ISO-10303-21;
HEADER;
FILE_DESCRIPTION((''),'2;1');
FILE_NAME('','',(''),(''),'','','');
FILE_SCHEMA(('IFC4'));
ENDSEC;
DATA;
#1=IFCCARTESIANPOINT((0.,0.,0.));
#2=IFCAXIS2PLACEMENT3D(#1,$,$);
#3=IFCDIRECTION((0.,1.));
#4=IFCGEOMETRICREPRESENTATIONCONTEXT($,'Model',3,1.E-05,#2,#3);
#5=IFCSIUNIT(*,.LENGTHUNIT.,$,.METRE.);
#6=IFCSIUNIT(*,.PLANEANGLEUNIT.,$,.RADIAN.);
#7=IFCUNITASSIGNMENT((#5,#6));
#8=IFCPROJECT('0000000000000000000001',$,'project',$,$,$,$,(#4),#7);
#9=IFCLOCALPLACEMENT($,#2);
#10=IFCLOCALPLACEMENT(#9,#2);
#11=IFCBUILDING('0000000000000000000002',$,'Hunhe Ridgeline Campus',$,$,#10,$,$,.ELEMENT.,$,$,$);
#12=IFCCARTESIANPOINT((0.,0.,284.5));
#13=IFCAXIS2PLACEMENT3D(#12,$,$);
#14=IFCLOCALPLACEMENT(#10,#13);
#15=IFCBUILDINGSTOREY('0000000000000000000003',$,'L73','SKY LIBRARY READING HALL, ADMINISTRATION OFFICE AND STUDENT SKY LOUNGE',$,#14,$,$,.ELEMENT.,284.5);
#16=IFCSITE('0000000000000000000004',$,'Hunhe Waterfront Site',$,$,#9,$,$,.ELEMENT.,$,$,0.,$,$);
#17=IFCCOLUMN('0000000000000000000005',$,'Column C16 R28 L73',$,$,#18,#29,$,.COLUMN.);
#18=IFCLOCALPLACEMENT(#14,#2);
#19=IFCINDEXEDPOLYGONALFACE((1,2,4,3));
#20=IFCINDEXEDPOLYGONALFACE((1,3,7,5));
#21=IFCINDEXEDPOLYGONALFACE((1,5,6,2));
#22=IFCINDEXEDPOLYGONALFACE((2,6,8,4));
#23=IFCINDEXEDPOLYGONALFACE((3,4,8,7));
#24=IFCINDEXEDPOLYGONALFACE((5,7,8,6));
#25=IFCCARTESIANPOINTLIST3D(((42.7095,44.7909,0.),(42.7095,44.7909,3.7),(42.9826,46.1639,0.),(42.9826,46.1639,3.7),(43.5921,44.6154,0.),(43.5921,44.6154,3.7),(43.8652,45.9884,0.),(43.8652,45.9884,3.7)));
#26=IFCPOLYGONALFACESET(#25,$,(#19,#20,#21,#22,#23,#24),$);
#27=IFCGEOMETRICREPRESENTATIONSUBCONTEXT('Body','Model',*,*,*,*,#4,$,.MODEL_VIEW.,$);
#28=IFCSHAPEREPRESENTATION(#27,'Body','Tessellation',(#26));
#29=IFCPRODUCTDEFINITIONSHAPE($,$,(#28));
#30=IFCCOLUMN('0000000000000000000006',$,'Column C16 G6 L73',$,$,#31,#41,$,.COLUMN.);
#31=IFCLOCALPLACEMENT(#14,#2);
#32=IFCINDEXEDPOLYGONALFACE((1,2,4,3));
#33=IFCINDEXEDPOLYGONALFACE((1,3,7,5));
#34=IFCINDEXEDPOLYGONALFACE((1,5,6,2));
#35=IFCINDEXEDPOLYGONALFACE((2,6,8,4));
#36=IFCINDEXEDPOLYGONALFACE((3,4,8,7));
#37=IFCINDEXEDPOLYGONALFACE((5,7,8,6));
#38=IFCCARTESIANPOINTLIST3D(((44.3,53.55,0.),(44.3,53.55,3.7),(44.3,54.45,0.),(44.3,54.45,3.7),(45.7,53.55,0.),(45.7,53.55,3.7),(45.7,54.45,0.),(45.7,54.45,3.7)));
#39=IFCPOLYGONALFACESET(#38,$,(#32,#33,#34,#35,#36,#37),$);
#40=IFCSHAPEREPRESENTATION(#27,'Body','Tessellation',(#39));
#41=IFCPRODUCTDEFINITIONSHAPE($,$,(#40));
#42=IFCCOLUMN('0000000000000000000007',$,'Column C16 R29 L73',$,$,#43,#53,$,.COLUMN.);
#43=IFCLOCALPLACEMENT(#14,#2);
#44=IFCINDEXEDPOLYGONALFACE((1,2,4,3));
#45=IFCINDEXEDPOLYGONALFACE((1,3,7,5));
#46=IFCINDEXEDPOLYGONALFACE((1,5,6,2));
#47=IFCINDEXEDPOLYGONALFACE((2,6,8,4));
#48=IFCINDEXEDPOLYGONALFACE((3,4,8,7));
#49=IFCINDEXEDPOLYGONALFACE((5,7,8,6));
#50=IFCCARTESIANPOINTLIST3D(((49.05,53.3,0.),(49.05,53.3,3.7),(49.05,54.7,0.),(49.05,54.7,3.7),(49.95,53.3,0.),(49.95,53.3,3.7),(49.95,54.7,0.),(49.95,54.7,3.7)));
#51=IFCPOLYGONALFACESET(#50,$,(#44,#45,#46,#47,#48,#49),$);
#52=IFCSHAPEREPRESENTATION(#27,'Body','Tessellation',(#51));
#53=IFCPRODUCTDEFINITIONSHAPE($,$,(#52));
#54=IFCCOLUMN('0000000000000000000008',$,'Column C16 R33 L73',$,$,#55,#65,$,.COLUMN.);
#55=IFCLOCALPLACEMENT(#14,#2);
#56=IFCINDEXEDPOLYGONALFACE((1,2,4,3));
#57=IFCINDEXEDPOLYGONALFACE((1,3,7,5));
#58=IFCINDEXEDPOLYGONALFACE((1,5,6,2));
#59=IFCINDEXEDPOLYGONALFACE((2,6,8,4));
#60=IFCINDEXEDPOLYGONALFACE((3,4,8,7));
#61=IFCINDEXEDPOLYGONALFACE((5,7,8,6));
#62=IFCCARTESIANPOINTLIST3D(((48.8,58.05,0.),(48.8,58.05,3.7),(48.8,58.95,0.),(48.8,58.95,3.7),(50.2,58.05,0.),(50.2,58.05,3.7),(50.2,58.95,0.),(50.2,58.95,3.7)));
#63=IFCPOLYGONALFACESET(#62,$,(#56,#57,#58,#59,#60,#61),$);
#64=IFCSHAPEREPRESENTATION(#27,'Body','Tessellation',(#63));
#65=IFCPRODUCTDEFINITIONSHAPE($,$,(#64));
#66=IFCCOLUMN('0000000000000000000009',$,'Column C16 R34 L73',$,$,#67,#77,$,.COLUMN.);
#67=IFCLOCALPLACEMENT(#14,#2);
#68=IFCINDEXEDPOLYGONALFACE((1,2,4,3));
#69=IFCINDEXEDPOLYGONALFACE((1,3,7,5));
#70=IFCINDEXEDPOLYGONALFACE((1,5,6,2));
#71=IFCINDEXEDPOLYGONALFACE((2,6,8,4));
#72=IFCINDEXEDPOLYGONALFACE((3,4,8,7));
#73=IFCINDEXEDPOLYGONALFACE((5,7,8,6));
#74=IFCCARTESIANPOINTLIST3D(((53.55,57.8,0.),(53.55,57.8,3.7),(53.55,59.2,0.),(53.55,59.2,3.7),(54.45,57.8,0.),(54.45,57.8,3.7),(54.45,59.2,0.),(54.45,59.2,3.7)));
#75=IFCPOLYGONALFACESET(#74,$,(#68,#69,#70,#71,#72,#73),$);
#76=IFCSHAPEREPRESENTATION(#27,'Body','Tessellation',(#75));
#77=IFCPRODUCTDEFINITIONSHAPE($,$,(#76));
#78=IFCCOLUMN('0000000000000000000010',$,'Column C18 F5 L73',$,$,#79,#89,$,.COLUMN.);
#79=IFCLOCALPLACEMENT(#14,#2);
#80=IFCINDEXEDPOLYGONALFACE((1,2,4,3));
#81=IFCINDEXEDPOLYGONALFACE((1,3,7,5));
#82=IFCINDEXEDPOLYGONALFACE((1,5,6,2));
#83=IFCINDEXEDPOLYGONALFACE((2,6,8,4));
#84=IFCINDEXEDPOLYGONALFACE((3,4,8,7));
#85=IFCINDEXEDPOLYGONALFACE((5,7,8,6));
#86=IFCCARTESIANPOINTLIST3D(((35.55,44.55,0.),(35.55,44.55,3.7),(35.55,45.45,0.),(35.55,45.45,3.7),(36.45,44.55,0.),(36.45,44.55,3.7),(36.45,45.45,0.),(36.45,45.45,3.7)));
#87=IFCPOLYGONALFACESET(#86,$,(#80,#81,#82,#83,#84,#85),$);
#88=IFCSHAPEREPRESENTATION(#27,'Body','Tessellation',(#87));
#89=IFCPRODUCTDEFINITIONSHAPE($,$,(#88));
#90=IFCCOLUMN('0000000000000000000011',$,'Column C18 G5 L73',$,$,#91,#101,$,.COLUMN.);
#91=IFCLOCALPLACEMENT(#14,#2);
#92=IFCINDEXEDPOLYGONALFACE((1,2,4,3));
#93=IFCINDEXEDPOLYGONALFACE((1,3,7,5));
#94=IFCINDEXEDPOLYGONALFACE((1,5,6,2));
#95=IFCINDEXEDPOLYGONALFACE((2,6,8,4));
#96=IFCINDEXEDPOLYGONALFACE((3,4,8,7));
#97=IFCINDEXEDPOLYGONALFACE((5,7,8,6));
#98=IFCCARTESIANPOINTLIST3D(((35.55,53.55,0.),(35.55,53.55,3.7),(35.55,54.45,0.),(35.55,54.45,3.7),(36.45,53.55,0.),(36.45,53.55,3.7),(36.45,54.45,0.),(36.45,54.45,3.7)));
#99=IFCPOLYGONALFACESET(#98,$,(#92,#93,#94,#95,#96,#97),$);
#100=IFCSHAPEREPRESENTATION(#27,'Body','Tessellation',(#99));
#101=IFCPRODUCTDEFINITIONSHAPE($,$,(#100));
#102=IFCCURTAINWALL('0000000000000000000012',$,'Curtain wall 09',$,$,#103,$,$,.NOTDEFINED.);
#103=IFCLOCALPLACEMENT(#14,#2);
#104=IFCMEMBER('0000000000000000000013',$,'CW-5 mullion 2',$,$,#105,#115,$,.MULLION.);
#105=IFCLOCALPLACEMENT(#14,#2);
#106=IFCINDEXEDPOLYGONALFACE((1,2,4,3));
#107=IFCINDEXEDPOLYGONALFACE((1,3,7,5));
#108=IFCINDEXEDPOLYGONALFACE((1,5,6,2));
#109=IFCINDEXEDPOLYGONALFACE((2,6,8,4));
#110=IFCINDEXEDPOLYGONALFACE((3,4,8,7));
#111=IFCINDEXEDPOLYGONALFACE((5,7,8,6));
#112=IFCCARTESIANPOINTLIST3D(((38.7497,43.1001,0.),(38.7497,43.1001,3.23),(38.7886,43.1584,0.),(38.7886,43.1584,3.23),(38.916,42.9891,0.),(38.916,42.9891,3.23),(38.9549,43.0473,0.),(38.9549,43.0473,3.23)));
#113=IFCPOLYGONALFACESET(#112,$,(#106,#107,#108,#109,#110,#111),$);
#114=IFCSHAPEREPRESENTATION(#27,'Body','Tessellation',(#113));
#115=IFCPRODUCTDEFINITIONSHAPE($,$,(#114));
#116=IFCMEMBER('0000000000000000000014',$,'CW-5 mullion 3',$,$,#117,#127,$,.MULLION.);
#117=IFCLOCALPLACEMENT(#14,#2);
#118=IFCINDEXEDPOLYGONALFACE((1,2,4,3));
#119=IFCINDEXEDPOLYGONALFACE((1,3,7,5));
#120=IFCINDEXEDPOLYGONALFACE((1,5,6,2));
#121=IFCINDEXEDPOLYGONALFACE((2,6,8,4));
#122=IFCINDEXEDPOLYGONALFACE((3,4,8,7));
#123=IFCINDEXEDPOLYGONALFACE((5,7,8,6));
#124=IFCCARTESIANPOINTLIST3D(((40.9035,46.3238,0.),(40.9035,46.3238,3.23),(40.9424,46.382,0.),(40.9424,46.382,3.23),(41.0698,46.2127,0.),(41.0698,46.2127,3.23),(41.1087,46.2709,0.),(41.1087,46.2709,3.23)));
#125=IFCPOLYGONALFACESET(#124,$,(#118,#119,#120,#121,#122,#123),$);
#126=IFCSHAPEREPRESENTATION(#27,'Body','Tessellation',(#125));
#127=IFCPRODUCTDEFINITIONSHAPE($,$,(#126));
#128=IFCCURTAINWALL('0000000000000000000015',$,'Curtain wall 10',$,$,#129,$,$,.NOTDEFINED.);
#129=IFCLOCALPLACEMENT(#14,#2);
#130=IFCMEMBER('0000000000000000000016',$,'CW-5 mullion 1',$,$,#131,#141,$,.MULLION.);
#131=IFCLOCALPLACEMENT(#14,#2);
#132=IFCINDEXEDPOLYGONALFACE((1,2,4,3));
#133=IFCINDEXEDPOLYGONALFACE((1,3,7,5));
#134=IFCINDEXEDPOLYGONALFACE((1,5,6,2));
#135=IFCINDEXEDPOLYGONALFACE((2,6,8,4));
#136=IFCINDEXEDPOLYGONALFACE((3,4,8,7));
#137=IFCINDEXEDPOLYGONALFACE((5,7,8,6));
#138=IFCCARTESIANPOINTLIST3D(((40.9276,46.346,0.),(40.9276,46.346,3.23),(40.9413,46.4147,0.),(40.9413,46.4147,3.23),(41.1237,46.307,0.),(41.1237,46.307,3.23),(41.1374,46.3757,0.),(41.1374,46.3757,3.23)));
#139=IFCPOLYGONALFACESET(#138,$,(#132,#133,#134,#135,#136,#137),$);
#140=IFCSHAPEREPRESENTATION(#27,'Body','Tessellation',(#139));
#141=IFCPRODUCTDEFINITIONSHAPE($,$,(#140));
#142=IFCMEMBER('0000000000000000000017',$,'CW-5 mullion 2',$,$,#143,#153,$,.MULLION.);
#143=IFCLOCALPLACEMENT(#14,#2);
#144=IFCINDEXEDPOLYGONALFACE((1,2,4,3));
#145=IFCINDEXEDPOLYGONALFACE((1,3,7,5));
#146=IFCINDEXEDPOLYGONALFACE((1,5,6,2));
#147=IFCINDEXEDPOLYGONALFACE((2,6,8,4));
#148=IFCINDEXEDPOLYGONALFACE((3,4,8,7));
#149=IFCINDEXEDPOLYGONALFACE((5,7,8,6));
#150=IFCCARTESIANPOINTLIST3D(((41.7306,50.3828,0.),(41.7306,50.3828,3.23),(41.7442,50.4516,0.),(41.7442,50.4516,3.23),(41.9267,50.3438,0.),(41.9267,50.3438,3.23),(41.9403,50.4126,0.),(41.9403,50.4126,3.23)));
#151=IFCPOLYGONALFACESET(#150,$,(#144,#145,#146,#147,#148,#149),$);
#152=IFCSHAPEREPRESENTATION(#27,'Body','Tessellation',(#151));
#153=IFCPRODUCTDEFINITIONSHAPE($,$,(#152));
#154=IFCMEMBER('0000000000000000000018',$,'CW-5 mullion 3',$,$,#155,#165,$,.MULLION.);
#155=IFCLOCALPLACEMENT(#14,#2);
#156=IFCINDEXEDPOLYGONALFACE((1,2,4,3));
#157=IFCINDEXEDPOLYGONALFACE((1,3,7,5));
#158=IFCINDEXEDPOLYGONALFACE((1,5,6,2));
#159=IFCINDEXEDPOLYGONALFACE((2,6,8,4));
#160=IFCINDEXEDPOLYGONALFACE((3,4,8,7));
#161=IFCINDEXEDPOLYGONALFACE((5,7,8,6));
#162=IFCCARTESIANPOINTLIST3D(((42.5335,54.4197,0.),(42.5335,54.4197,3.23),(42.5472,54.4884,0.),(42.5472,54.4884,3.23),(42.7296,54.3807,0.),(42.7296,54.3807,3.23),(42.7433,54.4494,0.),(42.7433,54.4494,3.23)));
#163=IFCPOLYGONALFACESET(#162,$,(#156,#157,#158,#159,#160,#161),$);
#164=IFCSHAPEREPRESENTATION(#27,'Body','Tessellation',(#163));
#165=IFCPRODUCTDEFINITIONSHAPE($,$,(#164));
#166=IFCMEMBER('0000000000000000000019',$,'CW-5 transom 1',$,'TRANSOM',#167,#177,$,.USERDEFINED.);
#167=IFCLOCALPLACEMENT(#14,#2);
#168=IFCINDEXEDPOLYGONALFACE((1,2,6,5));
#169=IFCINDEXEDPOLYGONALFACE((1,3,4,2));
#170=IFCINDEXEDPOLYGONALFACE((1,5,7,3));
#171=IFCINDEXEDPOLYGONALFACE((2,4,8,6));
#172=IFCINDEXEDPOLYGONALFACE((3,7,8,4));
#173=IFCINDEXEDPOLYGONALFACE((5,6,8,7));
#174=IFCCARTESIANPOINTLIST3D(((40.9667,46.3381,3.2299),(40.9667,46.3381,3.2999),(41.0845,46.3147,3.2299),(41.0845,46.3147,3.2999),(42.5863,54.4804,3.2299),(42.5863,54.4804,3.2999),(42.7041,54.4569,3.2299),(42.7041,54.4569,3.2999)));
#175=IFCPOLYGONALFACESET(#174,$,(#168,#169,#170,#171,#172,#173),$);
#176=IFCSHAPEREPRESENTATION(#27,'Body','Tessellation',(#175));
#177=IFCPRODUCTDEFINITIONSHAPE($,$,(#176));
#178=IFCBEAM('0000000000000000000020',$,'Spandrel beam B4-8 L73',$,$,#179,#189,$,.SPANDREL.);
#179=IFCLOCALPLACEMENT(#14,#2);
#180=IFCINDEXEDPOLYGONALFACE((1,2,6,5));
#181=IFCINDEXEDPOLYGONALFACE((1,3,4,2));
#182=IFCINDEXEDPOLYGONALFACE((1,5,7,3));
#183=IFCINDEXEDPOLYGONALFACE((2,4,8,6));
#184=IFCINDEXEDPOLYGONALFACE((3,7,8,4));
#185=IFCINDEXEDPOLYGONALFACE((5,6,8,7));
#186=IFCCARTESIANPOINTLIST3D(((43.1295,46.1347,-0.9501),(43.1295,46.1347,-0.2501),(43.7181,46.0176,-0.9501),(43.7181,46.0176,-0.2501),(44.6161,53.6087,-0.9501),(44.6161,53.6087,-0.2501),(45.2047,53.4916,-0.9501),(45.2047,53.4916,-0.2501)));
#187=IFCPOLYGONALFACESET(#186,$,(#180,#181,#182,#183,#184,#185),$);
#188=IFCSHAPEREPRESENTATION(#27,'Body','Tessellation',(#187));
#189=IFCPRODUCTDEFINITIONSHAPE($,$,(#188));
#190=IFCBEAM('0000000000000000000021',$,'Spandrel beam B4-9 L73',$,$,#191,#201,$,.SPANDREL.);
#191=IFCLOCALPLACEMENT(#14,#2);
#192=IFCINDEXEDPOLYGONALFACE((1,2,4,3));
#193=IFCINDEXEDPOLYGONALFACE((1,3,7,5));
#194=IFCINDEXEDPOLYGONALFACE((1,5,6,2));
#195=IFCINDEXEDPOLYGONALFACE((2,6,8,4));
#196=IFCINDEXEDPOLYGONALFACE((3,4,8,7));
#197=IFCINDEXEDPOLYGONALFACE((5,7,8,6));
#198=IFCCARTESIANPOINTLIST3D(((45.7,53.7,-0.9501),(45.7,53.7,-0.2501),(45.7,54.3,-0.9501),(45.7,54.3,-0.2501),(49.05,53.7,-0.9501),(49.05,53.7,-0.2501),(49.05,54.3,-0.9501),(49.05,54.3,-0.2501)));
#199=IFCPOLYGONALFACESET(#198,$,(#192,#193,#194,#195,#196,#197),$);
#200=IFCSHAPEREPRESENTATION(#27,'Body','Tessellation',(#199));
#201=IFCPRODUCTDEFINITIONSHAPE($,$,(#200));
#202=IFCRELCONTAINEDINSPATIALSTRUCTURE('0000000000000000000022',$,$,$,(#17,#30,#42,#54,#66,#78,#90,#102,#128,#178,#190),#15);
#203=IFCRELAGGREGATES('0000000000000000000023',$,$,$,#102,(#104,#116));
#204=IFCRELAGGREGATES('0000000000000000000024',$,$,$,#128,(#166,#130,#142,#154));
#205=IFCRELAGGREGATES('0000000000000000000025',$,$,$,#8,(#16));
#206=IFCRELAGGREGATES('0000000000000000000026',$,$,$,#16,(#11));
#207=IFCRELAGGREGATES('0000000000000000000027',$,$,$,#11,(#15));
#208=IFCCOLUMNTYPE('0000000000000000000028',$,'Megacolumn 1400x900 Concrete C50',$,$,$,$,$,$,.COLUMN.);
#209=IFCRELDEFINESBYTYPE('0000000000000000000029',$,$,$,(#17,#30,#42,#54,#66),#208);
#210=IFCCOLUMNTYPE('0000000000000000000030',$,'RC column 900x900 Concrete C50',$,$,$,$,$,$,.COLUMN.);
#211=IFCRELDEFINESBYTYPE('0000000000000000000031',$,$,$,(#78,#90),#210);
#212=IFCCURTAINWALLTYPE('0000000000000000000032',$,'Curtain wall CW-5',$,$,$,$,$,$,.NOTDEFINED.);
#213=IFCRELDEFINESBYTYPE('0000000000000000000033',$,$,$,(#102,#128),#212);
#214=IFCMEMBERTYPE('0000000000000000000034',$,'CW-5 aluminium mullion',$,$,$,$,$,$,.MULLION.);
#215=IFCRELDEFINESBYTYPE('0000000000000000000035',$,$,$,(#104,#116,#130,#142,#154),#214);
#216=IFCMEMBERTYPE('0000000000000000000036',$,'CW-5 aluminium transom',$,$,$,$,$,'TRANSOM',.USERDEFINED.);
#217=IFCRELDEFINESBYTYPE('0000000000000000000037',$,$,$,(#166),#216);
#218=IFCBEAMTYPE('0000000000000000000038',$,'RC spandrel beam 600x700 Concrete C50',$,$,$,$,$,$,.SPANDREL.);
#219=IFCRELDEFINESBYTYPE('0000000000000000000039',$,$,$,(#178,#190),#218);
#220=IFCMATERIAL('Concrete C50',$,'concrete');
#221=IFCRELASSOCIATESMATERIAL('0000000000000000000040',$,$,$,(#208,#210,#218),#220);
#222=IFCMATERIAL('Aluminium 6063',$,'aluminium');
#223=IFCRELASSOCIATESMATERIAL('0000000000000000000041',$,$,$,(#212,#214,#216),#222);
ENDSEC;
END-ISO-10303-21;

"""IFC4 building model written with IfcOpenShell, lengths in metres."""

from ifc_helpers import new_model, si_unit, direction, frame, origin, origin_2d, place, context, subcontext, project, spatial, rectangle, extrude, material, material_profile, profile_set, type_object, element, aggregate, save


model = new_model("IFC4")

# Units and contexts
model_context = context("Model", 3, precision=1e-05, world=origin(), true_north=direction((0.0, 1.0)))
body_context = subcontext(model_context, "Body", "Model", "MODEL_VIEW")
ifc_project = project(units=[si_unit("LENGTHUNIT", "METRE"), si_unit("PLANEANGLEUNIT", "RADIAN")], contexts=[model_context])

# Site, building, storey
site_placement = place(None, origin())
site = spatial("IfcSite", under=ifc_project, at=site_placement, Name="Hunhe Waterfront Site", CompositionType="ELEMENT", RefElevation=0.0)
building_placement = place(site_placement, origin())
building = spatial("IfcBuilding", under=site, at=building_placement, Name="Hunhe Ridgeline Campus", CompositionType="ELEMENT")
storey_placement = place(building_placement, frame((0.0, 0.0, 284.5)))
storey = spatial("IfcBuildingStorey", under=building, at=storey_placement, Name="L73", Description="SKY LIBRARY READING HALL, ADMINISTRATION OFFICE AND STUDENT SKY LOUNGE", CompositionType="ELEMENT", Elevation=284.5)

# Columns
ifc_material_1 = material(Name="Concrete C50", Category="concrete")
ifc_material_profile_1 = material_profile(ifc_material_1, rectangle(XDim=1.3999, YDim=0.8999, at=origin_2d()))
ifc_profile_set_1 = profile_set([ifc_material_profile_1], Name="Concrete C50")
column_type_1 = type_object("IfcColumnType", Name="Megacolumn 1400x900 Concrete C50", PredefinedType="COLUMN", material=ifc_profile_set_1)
for number, where, z_axis, x_axis, name in (
    (1, (43.2874, 45.3896, 0.0), (0.0, 0.0, 1.0), (0.19509, 0.980785, 0.0), "Column C16 R28 L73"),
    (2, (45.0, 54.0, 0.0), (0.0, 0.0, 1.0), (1.0, 0.0, 0.0), "Column C16 G6 L73"),
    (3, (49.5, 54.0, 0.0), (0.0, 0.0, 1.0), (0.0, 1.0, 0.0), "Column C16 R29 L73"),
    (4, (49.5, 58.5, 0.0), (0.0, 0.0, 1.0), (1.0, 0.0, 0.0), "Column C16 R33 L73"),
    (5, (54.0, 58.5, 0.0), (0.0, 0.0, 1.0), (0.0, 1.0, 0.0), "Column C16 R34 L73"),
):
    element("IfcColumn", number, at=place(storey_placement, frame(where, z_axis=z_axis, x_axis=x_axis)), inside=storey, type_object=column_type_1, Name=name, PredefinedType="COLUMN", context=body_context, shape_type="SweptSolid", body=[
        extrude(rectangle(XDim=1.3999, YDim=0.8999, at=origin_2d()), origin(), (0.0, 0.0, 1.0), 3.7),
    ])
ifc_material_profile_2 = material_profile(ifc_material_1, rectangle(XDim=0.8999, YDim=0.8999, at=origin_2d()))
ifc_profile_set_2 = profile_set([ifc_material_profile_2], Name="Concrete C50")
column_type_2 = type_object("IfcColumnType", Name="RC column 900x900 Concrete C50", PredefinedType="COLUMN", material=ifc_profile_set_2)
for number, where, z_axis, x_axis, name in (
    (6, (36.0, 45.0, 0.0), (0.0, 0.0, 1.0), (1.0, 0.0, 0.0), "Column C18 F5 L73"),
    (7, (36.0, 54.0, 0.0), (0.0, 0.0, 1.0), (1.0, 0.0, 0.0), "Column C18 G5 L73"),
):
    element("IfcColumn", number, at=place(storey_placement, frame(where, z_axis=z_axis, x_axis=x_axis)), inside=storey, type_object=column_type_2, Name=name, PredefinedType="COLUMN", context=body_context, shape_type="SweptSolid", body=[
        extrude(rectangle(XDim=0.8999, YDim=0.8999, at=origin_2d()), origin(), (0.0, 0.0, 1.0), 3.7),
    ])

# Curtain walls, members
ifc_material_2 = material(Name="Aluminium 6063", Category="aluminium")
curtain_wall_type = type_object("IfcCurtainWallType", Name="Curtain wall CW-5", PredefinedType="NOTDEFINED", material=ifc_material_2)
curtain_wall_1_placement = place(storey_placement, origin())
curtain_wall_1 = element("IfcCurtainWall", 8, at=curtain_wall_1_placement, inside=storey, type_object=curtain_wall_type, Name="Curtain wall 09", PredefinedType="NOTDEFINED")
ifc_material_profile_3 = material_profile(ifc_material_2, rectangle(XDim=0.2, YDim=0.0701, at=origin_2d()))
ifc_profile_set_3 = profile_set([ifc_material_profile_3], Name="Aluminium 6063")
member_type_1 = type_object("IfcMemberType", Name="CW-5 aluminium mullion", PredefinedType="MULLION", material=ifc_profile_set_3)
member_1_placement = place(storey_placement, frame((38.8523, 43.0737, 0.0), z_axis=(0.0, 0.0, 1.0), x_axis=(-0.83147, 0.55557, 0.0)))
member_1 = element("IfcMember", 9, at=member_1_placement, type_object=member_type_1, Name="CW-5 mullion 2", PredefinedType="MULLION", context=body_context, shape_type="SweptSolid", body=[
    extrude(rectangle(XDim=0.2, YDim=0.0701, at=origin_2d()), origin(), (0.0, 0.0, 1.0), 3.23),
])
member_2_placement = place(storey_placement, frame((41.0061, 46.2974, 0.0), z_axis=(0.0, 0.0, 1.0), x_axis=(-0.83147, 0.55557, 0.0)))
member_2 = element("IfcMember", 10, at=member_2_placement, type_object=member_type_1, Name="CW-5 mullion 3", PredefinedType="MULLION", context=body_context, shape_type="SweptSolid", body=[
    extrude(rectangle(XDim=0.2, YDim=0.0701, at=origin_2d()), origin(), (0.0, 0.0, 1.0), 3.23),
])
curtain_wall_2_placement = place(storey_placement, origin())
curtain_wall_2 = element("IfcCurtainWall", 11, at=curtain_wall_2_placement, inside=storey, type_object=curtain_wall_type, Name="Curtain wall 10", PredefinedType="NOTDEFINED")
member_3_placement = place(storey_placement, frame((41.0325, 46.3608, 0.0), z_axis=(0.0, 0.0, 1.0), x_axis=(-0.980783, 0.195104, 0.0)))
member_3 = element("IfcMember", 12, at=member_3_placement, type_object=member_type_1, Name="CW-5 mullion 1", PredefinedType="MULLION", context=body_context, shape_type="SweptSolid", body=[
    extrude(rectangle(XDim=0.2, YDim=0.0701, at=origin_2d()), origin(), (0.0, 0.0, 1.0), 3.23),
])
member_4_placement = place(storey_placement, frame((41.8354, 50.3977, 0.0), z_axis=(0.0, 0.0, 1.0), x_axis=(-0.980783, 0.195104, 0.0)))
member_4 = element("IfcMember", 13, at=member_4_placement, type_object=member_type_1, Name="CW-5 mullion 2", PredefinedType="MULLION", context=body_context, shape_type="SweptSolid", body=[
    extrude(rectangle(XDim=0.2, YDim=0.0701, at=origin_2d()), origin(), (0.0, 0.0, 1.0), 3.23),
])
member_5_placement = place(storey_placement, frame((42.6384, 54.4346, 0.0), z_axis=(0.0, 0.0, 1.0), x_axis=(-0.980783, 0.195104, 0.0)))
member_5 = element("IfcMember", 14, at=member_5_placement, type_object=member_type_1, Name="CW-5 mullion 3", PredefinedType="MULLION", context=body_context, shape_type="SweptSolid", body=[
    extrude(rectangle(XDim=0.2, YDim=0.0701, at=origin_2d()), origin(), (0.0, 0.0, 1.0), 3.23),
])
ifc_material_profile_4 = material_profile(ifc_material_2, rectangle(XDim=0.1201, YDim=0.0701, at=origin_2d()))
ifc_profile_set_4 = profile_set([ifc_material_profile_4], Name="Aluminium 6063")
member_type_2 = type_object("IfcMemberType", Name="CW-5 aluminium transom", ElementType="TRANSOM", PredefinedType="USERDEFINED", material=ifc_profile_set_4)
member_6_placement = place(storey_placement, frame((41.0256, 46.3264, 3.2649), z_axis=(0.195092, 0.980785, 0.0), x_axis=(-0.980785, 0.195092, 0.0)))
member_6 = element("IfcMember", 15, at=member_6_placement, type_object=member_type_2, Name="CW-5 transom 1", ObjectType="TRANSOM", PredefinedType="USERDEFINED", context=body_context, shape_type="SweptSolid", body=[
    extrude(rectangle(XDim=0.1201, YDim=0.0701, at=origin_2d()), origin(), (0.0, 0.0, 1.0), 8.3018),
])

# Beams
ifc_material_profile_5 = material_profile(ifc_material_1, rectangle(XDim=0.6001, YDim=0.7, at=origin_2d()))
ifc_profile_set_5 = profile_set([ifc_material_profile_5], Name="Concrete C50")
beam_type = type_object("IfcBeamType", Name="RC spandrel beam 600x700 Concrete C50", PredefinedType="SPANDREL", material=ifc_profile_set_5)
beam_placement = place(storey_placement, frame((43.4238, 46.0762, -0.6001), z_axis=(0.195081, 0.980787, 0.0), x_axis=(-0.980787, 0.195081, 0.0)))
element("IfcBeam", 16, at=beam_placement, inside=storey, type_object=beam_type, Name="Spandrel beam B4-8 L73", PredefinedType="SPANDREL", context=body_context, shape_type="SweptSolid", body=[
    extrude(rectangle(XDim=0.6001, YDim=0.7, at=origin_2d()), origin(), (0.0, 0.0, 1.0), 7.6204),
])
for number, where, z_axis, x_axis, name in (
    (17, (45.7, 54.0, -0.6001), (1.0, 0.0, 0.0), (0.0, 1.0, 0.0), "Spandrel beam B4-9 L73"),
):
    element("IfcBeam", number, at=place(storey_placement, frame(where, z_axis=z_axis, x_axis=x_axis)), inside=storey, type_object=beam_type, Name=name, PredefinedType="SPANDREL", context=body_context, shape_type="SweptSolid", body=[
        extrude(rectangle(XDim=0.6001, YDim=0.7, at=origin_2d()), origin(), (0.0, 0.0, 1.0), 3.3501),
    ])

aggregate(curtain_wall_1, [member_1, member_2])
aggregate(curtain_wall_2, [member_6, member_3, member_4, member_5])

save(model, "model.ifc")
